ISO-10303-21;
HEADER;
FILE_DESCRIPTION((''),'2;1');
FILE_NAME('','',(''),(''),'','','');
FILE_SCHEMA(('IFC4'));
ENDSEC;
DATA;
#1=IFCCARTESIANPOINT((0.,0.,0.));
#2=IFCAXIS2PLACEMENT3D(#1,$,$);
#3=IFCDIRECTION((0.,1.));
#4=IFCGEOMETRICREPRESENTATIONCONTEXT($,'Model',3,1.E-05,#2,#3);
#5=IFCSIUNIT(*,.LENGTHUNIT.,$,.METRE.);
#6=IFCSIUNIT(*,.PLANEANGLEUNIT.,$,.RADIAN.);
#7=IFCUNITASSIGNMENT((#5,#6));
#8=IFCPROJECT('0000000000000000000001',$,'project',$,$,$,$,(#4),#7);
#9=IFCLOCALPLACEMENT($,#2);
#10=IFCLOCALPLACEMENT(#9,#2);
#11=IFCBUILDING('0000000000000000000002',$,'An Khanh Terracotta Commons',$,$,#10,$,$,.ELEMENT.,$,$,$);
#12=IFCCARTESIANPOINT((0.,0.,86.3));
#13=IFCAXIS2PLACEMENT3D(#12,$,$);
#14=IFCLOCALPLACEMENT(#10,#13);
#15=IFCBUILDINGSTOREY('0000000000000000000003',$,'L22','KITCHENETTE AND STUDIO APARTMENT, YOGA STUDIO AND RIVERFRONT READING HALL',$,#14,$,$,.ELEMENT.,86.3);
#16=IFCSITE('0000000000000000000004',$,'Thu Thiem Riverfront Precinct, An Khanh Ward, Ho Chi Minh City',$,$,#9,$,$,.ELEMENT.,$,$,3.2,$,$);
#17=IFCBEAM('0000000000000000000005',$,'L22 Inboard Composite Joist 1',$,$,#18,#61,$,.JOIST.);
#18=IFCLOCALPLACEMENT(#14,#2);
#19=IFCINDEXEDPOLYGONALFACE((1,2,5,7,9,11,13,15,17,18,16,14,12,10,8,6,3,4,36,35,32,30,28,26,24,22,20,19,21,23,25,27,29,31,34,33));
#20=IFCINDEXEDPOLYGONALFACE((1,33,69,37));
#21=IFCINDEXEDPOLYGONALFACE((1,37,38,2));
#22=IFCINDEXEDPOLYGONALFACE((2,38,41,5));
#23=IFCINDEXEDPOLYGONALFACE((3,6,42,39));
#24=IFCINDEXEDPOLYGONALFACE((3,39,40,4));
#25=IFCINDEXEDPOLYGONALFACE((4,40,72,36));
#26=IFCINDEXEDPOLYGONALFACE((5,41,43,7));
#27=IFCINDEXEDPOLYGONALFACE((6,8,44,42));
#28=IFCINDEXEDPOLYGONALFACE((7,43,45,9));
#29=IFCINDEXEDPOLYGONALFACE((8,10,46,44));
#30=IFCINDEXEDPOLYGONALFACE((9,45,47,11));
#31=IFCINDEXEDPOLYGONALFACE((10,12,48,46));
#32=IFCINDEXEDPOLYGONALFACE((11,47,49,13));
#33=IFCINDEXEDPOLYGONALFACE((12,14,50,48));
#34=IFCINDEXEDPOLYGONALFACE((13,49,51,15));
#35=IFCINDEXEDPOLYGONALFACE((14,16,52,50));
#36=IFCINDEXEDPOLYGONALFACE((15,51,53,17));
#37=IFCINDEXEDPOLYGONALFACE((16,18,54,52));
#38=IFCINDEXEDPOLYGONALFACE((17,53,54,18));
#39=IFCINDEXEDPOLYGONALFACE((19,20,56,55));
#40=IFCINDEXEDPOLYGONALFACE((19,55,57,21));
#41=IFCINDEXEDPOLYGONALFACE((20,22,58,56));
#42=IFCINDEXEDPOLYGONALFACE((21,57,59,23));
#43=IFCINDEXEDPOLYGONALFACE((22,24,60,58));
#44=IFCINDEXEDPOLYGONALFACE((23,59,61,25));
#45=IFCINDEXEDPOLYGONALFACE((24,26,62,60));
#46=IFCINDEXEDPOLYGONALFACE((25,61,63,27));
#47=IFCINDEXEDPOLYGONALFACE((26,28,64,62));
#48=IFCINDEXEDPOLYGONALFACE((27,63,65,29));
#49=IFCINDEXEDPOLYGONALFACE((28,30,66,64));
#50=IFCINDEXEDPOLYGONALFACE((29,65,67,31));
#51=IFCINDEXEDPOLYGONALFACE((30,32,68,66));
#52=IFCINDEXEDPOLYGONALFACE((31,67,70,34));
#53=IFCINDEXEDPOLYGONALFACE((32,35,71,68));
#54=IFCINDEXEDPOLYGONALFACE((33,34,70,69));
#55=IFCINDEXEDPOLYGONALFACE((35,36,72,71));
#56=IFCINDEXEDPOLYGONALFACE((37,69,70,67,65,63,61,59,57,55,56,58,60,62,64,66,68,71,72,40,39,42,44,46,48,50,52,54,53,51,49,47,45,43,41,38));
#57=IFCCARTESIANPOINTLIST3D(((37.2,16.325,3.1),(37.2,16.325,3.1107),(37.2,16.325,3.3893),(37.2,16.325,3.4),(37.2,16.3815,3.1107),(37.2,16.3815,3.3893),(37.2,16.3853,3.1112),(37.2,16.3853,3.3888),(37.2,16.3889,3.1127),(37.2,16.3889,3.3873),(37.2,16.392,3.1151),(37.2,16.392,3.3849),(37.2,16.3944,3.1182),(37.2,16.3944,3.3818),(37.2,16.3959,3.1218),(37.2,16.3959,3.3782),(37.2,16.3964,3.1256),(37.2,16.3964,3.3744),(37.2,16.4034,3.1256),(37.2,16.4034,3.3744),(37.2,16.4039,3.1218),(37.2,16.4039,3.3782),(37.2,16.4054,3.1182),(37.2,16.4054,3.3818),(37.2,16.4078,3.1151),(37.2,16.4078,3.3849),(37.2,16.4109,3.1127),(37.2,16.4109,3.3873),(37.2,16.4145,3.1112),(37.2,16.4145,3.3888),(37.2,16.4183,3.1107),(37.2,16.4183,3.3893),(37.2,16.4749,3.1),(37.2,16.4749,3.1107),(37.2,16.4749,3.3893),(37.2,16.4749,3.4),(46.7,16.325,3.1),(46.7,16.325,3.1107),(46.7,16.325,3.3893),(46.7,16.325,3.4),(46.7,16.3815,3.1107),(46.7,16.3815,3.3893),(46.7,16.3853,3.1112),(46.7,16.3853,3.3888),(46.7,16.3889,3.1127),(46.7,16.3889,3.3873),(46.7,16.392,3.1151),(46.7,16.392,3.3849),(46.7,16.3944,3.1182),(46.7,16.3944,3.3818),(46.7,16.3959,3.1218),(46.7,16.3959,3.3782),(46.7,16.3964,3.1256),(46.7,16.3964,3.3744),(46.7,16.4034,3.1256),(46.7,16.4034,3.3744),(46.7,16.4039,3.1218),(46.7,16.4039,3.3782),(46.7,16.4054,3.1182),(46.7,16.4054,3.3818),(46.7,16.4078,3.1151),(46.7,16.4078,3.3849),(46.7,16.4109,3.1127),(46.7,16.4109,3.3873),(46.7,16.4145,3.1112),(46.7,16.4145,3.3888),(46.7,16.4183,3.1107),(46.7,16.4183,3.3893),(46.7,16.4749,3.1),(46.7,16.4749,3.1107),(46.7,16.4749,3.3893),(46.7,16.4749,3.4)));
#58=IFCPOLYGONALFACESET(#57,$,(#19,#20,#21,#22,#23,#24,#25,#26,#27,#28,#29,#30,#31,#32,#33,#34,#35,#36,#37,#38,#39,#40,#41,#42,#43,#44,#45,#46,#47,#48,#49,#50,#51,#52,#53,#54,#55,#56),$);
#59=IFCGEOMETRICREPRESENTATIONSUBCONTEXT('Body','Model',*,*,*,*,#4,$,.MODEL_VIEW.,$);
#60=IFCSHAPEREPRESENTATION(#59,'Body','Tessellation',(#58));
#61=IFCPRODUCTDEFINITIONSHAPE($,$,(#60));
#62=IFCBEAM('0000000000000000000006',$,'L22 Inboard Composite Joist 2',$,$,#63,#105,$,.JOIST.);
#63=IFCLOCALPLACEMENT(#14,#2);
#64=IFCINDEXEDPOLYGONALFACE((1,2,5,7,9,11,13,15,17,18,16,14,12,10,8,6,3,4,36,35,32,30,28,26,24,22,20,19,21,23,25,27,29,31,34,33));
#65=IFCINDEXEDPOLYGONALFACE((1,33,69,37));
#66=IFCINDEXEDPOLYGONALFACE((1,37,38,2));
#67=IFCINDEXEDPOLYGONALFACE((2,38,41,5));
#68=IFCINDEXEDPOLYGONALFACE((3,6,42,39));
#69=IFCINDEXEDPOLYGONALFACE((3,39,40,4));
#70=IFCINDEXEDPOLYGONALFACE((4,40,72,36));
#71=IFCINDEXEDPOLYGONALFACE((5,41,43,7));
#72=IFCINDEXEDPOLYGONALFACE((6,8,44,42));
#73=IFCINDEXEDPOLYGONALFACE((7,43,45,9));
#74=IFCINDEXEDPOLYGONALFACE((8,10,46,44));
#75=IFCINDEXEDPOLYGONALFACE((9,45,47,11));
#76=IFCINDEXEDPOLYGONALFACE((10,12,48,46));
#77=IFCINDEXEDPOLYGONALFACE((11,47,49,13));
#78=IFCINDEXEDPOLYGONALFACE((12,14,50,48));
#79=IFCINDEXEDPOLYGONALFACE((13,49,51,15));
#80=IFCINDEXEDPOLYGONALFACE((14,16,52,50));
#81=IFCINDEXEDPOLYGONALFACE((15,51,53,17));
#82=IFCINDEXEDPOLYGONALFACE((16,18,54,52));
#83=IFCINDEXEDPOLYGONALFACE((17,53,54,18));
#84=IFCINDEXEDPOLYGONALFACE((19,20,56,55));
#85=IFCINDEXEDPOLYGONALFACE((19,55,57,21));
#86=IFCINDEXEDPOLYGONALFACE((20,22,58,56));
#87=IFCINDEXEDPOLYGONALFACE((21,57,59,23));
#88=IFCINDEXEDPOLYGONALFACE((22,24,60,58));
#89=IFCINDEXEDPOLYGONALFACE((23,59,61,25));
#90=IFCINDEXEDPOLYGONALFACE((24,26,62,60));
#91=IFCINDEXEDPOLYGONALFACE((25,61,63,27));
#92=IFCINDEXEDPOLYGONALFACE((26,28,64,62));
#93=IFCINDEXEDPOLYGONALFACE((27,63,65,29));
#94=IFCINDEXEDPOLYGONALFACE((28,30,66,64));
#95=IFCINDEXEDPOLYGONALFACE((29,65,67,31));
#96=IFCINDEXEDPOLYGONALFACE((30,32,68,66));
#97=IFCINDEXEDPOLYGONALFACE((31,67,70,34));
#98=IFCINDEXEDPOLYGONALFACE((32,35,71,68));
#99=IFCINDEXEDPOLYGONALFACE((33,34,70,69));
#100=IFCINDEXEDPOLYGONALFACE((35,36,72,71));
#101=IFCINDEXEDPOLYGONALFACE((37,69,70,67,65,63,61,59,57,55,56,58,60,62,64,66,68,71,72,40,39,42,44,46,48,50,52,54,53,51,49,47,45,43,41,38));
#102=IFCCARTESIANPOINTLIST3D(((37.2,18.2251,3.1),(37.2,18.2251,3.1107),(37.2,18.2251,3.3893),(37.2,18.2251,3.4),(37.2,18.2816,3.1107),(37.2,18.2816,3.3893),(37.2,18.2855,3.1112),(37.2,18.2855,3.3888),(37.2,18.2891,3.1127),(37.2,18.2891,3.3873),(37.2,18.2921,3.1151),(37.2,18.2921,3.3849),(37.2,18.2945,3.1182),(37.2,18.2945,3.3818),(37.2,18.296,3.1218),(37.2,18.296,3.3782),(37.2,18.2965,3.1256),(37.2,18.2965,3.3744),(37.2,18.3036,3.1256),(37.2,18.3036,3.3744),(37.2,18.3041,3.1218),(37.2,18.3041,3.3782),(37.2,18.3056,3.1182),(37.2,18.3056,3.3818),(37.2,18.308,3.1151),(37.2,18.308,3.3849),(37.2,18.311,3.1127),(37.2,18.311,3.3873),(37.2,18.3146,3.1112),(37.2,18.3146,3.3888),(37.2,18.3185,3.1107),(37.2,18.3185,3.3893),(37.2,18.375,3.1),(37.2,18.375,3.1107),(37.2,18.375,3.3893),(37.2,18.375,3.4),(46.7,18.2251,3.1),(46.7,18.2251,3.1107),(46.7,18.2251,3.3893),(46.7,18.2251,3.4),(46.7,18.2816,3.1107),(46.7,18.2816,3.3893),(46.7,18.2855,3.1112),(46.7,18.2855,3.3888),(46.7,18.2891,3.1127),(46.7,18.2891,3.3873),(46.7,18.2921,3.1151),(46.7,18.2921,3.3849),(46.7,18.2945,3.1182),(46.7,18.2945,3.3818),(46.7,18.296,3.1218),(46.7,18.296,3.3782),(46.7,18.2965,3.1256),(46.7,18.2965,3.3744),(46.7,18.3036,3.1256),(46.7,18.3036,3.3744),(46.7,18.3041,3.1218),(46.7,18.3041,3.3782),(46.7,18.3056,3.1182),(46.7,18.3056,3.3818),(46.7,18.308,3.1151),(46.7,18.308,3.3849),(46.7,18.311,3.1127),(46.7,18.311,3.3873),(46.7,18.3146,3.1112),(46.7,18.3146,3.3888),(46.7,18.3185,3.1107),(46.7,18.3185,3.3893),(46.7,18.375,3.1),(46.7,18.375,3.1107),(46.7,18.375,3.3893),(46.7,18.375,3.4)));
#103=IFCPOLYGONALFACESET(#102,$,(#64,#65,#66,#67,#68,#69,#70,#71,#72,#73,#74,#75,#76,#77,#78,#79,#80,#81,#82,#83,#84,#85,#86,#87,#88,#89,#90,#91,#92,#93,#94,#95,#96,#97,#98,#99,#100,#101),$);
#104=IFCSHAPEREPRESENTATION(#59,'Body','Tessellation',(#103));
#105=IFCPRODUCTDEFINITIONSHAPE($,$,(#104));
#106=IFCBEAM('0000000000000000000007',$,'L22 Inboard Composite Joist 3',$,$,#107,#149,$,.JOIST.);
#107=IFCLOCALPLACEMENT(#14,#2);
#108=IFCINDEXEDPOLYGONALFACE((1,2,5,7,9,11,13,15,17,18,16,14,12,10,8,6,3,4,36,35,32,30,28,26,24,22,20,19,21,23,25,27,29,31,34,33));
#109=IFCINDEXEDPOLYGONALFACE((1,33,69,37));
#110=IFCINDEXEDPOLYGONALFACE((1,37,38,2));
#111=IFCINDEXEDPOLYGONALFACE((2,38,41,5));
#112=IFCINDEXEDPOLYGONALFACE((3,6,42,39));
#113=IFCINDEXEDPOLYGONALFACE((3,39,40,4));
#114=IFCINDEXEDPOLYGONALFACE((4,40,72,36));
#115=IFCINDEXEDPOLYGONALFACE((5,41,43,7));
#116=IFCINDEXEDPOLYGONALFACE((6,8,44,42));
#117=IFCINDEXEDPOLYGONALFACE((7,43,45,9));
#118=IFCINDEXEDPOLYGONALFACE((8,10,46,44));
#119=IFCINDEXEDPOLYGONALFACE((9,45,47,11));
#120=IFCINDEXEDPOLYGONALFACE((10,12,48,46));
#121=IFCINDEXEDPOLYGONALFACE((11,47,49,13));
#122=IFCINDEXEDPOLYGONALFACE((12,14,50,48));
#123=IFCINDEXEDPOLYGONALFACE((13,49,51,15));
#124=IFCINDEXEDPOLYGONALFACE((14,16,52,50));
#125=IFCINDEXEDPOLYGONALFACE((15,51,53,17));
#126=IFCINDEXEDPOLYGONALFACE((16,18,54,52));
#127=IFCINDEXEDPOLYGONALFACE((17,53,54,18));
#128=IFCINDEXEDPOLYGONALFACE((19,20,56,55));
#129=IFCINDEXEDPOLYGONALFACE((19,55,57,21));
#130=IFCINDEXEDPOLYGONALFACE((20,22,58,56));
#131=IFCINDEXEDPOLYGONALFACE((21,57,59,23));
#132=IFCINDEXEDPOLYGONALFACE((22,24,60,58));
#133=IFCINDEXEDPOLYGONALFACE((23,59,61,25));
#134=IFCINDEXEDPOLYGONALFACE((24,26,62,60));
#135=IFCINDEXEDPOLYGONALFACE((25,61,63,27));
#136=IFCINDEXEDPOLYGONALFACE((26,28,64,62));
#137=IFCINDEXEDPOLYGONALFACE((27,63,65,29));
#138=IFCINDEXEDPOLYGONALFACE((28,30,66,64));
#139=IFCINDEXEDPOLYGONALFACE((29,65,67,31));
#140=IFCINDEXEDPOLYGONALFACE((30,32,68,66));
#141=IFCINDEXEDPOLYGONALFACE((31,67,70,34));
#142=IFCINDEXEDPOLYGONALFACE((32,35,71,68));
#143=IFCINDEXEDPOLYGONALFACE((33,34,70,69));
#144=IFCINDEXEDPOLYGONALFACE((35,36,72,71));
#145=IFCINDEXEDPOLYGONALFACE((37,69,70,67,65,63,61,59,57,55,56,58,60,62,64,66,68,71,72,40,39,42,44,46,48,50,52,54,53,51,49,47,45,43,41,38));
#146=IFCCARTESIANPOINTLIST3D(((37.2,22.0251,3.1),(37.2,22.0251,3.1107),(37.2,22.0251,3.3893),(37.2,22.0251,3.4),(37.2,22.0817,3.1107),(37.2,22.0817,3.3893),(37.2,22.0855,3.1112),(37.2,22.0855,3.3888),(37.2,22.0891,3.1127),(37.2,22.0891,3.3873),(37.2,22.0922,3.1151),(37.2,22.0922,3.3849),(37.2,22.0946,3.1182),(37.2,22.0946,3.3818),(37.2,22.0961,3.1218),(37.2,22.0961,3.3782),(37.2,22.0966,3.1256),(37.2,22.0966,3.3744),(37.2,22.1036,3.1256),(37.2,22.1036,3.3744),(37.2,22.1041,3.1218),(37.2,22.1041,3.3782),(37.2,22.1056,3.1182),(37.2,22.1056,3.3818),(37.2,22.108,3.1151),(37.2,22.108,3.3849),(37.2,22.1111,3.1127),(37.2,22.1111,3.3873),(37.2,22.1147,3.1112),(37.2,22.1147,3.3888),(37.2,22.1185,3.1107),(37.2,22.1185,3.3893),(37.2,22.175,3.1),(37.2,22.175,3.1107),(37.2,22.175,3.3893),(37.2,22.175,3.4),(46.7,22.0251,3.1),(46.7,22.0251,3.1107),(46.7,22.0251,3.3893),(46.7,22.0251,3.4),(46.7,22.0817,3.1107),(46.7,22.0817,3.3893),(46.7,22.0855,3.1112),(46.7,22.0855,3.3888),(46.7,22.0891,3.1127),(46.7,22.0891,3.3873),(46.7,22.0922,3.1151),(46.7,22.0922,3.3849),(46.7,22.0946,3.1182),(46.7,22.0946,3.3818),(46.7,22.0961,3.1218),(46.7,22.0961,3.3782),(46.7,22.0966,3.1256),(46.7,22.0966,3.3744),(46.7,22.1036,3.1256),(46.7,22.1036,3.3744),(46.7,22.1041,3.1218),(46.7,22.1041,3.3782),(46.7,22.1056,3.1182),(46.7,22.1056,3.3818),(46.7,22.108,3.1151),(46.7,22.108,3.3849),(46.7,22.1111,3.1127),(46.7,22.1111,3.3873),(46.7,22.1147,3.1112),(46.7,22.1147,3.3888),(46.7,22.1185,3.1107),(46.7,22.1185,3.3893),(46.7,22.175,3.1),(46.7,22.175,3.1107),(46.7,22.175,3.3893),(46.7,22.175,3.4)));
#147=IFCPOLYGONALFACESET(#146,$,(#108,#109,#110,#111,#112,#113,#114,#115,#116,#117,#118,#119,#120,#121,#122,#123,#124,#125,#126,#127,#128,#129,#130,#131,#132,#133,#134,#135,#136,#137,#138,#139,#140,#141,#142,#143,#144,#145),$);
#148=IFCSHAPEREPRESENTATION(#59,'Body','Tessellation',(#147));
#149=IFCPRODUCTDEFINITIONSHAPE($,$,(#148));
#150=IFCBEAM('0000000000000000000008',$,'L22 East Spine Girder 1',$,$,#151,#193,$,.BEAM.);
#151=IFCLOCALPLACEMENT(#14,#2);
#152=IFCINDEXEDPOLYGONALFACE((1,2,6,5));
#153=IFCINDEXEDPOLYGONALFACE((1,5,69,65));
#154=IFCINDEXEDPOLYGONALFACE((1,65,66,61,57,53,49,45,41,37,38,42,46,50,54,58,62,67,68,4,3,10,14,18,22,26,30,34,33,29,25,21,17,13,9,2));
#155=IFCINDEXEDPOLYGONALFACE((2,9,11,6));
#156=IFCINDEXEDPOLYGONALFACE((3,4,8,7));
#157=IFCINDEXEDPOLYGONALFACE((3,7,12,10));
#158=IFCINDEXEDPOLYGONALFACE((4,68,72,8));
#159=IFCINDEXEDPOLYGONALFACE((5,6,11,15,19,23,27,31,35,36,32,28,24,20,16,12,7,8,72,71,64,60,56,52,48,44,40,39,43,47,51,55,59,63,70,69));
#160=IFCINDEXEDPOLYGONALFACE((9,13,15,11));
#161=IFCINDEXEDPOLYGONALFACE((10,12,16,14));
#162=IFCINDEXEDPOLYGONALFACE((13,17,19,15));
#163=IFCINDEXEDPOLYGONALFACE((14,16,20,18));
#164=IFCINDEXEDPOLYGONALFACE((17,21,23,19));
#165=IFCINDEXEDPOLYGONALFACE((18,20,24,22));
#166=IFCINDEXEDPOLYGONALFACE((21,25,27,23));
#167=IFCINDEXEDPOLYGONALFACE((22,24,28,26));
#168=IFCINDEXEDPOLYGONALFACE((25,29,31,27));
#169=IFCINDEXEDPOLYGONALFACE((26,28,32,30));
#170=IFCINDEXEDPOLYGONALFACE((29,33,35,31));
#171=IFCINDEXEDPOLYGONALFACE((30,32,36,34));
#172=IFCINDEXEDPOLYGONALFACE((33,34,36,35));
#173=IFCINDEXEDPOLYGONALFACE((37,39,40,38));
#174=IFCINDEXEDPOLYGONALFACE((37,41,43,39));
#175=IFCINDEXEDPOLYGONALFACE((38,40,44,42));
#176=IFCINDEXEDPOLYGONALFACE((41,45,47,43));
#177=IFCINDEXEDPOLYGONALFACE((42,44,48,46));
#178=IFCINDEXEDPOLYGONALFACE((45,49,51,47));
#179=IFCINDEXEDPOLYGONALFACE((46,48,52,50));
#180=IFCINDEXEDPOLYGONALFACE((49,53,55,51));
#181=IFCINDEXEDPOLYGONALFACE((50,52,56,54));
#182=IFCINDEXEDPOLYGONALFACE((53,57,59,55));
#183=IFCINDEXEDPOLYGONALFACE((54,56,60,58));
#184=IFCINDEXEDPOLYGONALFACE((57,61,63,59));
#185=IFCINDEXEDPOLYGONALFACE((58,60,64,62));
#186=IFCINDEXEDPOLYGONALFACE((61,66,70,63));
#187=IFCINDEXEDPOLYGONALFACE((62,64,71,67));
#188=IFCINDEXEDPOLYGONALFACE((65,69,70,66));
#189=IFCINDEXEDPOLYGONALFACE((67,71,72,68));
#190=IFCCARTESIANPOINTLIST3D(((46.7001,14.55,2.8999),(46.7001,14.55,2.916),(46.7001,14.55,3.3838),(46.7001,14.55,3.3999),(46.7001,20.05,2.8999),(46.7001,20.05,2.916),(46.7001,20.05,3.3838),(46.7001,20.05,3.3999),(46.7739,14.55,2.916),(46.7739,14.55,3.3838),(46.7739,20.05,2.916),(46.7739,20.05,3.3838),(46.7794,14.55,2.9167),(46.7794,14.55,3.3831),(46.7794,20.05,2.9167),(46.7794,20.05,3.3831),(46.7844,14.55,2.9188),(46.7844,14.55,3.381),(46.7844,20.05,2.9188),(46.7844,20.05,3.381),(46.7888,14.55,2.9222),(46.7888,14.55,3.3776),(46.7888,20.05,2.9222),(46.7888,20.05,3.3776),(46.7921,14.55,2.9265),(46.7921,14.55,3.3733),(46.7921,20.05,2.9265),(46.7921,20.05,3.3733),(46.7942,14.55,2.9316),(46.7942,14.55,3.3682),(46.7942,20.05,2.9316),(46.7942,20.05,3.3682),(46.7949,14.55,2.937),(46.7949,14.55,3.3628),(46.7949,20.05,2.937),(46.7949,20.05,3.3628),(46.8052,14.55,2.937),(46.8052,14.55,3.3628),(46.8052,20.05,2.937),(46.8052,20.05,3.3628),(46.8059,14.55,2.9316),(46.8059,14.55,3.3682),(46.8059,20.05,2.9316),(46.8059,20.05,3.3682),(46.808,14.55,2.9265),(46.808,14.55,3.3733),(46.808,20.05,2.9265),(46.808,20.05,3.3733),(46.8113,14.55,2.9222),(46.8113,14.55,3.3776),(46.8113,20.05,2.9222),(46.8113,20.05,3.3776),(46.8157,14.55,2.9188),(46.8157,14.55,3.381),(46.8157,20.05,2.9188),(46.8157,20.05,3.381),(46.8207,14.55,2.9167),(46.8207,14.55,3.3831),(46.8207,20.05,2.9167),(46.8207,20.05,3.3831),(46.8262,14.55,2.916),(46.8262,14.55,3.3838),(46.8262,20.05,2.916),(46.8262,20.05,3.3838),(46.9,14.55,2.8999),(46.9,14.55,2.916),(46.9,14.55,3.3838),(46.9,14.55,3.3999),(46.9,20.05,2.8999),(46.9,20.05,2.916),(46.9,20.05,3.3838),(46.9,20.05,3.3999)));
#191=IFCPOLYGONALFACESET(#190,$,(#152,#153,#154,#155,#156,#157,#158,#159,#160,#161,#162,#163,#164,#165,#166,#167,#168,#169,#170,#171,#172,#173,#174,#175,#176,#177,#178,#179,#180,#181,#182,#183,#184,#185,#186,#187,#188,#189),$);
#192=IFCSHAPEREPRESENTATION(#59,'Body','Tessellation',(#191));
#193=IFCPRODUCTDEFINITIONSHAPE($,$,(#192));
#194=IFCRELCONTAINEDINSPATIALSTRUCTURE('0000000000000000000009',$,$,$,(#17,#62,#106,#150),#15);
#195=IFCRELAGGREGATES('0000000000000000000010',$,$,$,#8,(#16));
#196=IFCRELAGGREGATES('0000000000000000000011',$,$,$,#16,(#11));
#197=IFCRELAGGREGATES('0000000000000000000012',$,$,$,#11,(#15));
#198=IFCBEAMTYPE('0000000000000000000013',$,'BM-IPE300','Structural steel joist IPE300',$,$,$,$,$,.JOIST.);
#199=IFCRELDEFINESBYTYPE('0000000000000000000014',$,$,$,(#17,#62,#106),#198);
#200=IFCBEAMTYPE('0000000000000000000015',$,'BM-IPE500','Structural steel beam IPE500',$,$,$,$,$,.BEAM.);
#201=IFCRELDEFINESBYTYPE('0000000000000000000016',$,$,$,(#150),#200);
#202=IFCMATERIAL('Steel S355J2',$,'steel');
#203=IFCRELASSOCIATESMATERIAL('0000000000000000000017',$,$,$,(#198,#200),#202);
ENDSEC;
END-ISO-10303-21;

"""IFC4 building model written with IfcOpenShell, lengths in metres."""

from ifc_helpers import new_model, si_unit, direction, frame, origin, origin_2d, place, context, subcontext, project, spatial, i_section, extrude, material, material_profile, profile_set, type_object, element, save


model = new_model("IFC4")

# Units and contexts
model_context = context("Model", 3, precision=1e-05, world=origin(), true_north=direction((0.0, 1.0)))
body_context = subcontext(model_context, "Body", "Model", "MODEL_VIEW")
ifc_project = project(units=[si_unit("LENGTHUNIT", "METRE"), si_unit("PLANEANGLEUNIT", "RADIAN")], contexts=[model_context])

# Site, building, storey
site_placement = place(None, origin())
site = spatial("IfcSite", under=ifc_project, at=site_placement, Name="Thu Thiem Riverfront Precinct, An Khanh Ward, Ho Chi Minh City", CompositionType="ELEMENT", RefElevation=3.2)
building_placement = place(site_placement, origin())
building = spatial("IfcBuilding", under=site, at=building_placement, Name="An Khanh Terracotta Commons", CompositionType="ELEMENT")
storey_placement = place(building_placement, frame((0.0, 0.0, 86.3)))
storey = spatial("IfcBuildingStorey", under=building, at=storey_placement, Name="L22", Description="KITCHENETTE AND STUDIO APARTMENT, YOGA STUDIO AND RIVERFRONT READING HALL", CompositionType="ELEMENT", Elevation=86.3)

# Beams
ifc_material_1 = material(Name="Steel S355J2", Category="steel")
ifc_material_profile_1 = material_profile(ifc_material_1, i_section(OverallWidth=0.1499, OverallDepth=0.3, WebThickness=0.0071, FlangeThickness=0.0107, FilletRadius=0.0149, at=origin_2d()), Name="IPE300")
ifc_profile_set_1 = profile_set([ifc_material_profile_1], Name="Steel S355J2")
beam_type_1 = type_object("IfcBeamType", Name="BM-IPE300", Description="Structural steel joist IPE300", PredefinedType="JOIST", material=ifc_profile_set_1)
for number, where, z_axis, x_axis, name in (
    (1, (37.2, 16.3999, 3.25), (1.0, 0.0, 0.0), (0.0, 1.0, 0.0), "L22 Inboard Composite Joist 1"),
    (2, (37.2, 18.3, 3.25), (1.0, 0.0, 0.0), (0.0, 1.0, 0.0), "L22 Inboard Composite Joist 2"),
    (3, (37.2, 22.1001, 3.25), (1.0, 0.0, 0.0), (0.0, 1.0, 0.0), "L22 Inboard Composite Joist 3"),
):
    element("IfcBeam", number, at=place(storey_placement, frame(where, z_axis=z_axis, x_axis=x_axis)), inside=storey, type_object=beam_type_1, Name=name, PredefinedType="JOIST", context=body_context, shape_type="SweptSolid", body=[
        extrude(i_section(OverallWidth=0.1499, OverallDepth=0.3, WebThickness=0.0071, FlangeThickness=0.0107, FilletRadius=0.0149, at=origin_2d()), origin(), (0.0, 0.0, 1.0), 9.5),
    ])
ifc_material_profile_2 = material_profile(ifc_material_1, i_section(OverallWidth=0.2, OverallDepth=0.5, WebThickness=0.0103, FlangeThickness=0.0161, FilletRadius=0.021, at=origin_2d()), Name="IPE500")
ifc_profile_set_2 = profile_set([ifc_material_profile_2], Name="Steel S355J2")
beam_type_2 = type_object("IfcBeamType", Name="BM-IPE500", Description="Structural steel beam IPE500", PredefinedType="BEAM", material=ifc_profile_set_2)
beam_1_placement = place(storey_placement, frame((46.8, 14.55, 3.1499), z_axis=(0.0, 1.0, 0.0), x_axis=(-1.0, 0.0, 0.0)))
element("IfcBeam", 4, at=beam_1_placement, inside=storey, type_object=beam_type_2, Name="L22 East Spine Girder 1", PredefinedType="BEAM", context=body_context, shape_type="SweptSolid", body=[
    extrude(i_section(OverallWidth=0.2, OverallDepth=0.5, WebThickness=0.0103, FlangeThickness=0.0161, FilletRadius=0.021, at=origin_2d()), origin(), (0.0, 0.0, 1.0), 5.5),
])

save(model, "model.ifc")
